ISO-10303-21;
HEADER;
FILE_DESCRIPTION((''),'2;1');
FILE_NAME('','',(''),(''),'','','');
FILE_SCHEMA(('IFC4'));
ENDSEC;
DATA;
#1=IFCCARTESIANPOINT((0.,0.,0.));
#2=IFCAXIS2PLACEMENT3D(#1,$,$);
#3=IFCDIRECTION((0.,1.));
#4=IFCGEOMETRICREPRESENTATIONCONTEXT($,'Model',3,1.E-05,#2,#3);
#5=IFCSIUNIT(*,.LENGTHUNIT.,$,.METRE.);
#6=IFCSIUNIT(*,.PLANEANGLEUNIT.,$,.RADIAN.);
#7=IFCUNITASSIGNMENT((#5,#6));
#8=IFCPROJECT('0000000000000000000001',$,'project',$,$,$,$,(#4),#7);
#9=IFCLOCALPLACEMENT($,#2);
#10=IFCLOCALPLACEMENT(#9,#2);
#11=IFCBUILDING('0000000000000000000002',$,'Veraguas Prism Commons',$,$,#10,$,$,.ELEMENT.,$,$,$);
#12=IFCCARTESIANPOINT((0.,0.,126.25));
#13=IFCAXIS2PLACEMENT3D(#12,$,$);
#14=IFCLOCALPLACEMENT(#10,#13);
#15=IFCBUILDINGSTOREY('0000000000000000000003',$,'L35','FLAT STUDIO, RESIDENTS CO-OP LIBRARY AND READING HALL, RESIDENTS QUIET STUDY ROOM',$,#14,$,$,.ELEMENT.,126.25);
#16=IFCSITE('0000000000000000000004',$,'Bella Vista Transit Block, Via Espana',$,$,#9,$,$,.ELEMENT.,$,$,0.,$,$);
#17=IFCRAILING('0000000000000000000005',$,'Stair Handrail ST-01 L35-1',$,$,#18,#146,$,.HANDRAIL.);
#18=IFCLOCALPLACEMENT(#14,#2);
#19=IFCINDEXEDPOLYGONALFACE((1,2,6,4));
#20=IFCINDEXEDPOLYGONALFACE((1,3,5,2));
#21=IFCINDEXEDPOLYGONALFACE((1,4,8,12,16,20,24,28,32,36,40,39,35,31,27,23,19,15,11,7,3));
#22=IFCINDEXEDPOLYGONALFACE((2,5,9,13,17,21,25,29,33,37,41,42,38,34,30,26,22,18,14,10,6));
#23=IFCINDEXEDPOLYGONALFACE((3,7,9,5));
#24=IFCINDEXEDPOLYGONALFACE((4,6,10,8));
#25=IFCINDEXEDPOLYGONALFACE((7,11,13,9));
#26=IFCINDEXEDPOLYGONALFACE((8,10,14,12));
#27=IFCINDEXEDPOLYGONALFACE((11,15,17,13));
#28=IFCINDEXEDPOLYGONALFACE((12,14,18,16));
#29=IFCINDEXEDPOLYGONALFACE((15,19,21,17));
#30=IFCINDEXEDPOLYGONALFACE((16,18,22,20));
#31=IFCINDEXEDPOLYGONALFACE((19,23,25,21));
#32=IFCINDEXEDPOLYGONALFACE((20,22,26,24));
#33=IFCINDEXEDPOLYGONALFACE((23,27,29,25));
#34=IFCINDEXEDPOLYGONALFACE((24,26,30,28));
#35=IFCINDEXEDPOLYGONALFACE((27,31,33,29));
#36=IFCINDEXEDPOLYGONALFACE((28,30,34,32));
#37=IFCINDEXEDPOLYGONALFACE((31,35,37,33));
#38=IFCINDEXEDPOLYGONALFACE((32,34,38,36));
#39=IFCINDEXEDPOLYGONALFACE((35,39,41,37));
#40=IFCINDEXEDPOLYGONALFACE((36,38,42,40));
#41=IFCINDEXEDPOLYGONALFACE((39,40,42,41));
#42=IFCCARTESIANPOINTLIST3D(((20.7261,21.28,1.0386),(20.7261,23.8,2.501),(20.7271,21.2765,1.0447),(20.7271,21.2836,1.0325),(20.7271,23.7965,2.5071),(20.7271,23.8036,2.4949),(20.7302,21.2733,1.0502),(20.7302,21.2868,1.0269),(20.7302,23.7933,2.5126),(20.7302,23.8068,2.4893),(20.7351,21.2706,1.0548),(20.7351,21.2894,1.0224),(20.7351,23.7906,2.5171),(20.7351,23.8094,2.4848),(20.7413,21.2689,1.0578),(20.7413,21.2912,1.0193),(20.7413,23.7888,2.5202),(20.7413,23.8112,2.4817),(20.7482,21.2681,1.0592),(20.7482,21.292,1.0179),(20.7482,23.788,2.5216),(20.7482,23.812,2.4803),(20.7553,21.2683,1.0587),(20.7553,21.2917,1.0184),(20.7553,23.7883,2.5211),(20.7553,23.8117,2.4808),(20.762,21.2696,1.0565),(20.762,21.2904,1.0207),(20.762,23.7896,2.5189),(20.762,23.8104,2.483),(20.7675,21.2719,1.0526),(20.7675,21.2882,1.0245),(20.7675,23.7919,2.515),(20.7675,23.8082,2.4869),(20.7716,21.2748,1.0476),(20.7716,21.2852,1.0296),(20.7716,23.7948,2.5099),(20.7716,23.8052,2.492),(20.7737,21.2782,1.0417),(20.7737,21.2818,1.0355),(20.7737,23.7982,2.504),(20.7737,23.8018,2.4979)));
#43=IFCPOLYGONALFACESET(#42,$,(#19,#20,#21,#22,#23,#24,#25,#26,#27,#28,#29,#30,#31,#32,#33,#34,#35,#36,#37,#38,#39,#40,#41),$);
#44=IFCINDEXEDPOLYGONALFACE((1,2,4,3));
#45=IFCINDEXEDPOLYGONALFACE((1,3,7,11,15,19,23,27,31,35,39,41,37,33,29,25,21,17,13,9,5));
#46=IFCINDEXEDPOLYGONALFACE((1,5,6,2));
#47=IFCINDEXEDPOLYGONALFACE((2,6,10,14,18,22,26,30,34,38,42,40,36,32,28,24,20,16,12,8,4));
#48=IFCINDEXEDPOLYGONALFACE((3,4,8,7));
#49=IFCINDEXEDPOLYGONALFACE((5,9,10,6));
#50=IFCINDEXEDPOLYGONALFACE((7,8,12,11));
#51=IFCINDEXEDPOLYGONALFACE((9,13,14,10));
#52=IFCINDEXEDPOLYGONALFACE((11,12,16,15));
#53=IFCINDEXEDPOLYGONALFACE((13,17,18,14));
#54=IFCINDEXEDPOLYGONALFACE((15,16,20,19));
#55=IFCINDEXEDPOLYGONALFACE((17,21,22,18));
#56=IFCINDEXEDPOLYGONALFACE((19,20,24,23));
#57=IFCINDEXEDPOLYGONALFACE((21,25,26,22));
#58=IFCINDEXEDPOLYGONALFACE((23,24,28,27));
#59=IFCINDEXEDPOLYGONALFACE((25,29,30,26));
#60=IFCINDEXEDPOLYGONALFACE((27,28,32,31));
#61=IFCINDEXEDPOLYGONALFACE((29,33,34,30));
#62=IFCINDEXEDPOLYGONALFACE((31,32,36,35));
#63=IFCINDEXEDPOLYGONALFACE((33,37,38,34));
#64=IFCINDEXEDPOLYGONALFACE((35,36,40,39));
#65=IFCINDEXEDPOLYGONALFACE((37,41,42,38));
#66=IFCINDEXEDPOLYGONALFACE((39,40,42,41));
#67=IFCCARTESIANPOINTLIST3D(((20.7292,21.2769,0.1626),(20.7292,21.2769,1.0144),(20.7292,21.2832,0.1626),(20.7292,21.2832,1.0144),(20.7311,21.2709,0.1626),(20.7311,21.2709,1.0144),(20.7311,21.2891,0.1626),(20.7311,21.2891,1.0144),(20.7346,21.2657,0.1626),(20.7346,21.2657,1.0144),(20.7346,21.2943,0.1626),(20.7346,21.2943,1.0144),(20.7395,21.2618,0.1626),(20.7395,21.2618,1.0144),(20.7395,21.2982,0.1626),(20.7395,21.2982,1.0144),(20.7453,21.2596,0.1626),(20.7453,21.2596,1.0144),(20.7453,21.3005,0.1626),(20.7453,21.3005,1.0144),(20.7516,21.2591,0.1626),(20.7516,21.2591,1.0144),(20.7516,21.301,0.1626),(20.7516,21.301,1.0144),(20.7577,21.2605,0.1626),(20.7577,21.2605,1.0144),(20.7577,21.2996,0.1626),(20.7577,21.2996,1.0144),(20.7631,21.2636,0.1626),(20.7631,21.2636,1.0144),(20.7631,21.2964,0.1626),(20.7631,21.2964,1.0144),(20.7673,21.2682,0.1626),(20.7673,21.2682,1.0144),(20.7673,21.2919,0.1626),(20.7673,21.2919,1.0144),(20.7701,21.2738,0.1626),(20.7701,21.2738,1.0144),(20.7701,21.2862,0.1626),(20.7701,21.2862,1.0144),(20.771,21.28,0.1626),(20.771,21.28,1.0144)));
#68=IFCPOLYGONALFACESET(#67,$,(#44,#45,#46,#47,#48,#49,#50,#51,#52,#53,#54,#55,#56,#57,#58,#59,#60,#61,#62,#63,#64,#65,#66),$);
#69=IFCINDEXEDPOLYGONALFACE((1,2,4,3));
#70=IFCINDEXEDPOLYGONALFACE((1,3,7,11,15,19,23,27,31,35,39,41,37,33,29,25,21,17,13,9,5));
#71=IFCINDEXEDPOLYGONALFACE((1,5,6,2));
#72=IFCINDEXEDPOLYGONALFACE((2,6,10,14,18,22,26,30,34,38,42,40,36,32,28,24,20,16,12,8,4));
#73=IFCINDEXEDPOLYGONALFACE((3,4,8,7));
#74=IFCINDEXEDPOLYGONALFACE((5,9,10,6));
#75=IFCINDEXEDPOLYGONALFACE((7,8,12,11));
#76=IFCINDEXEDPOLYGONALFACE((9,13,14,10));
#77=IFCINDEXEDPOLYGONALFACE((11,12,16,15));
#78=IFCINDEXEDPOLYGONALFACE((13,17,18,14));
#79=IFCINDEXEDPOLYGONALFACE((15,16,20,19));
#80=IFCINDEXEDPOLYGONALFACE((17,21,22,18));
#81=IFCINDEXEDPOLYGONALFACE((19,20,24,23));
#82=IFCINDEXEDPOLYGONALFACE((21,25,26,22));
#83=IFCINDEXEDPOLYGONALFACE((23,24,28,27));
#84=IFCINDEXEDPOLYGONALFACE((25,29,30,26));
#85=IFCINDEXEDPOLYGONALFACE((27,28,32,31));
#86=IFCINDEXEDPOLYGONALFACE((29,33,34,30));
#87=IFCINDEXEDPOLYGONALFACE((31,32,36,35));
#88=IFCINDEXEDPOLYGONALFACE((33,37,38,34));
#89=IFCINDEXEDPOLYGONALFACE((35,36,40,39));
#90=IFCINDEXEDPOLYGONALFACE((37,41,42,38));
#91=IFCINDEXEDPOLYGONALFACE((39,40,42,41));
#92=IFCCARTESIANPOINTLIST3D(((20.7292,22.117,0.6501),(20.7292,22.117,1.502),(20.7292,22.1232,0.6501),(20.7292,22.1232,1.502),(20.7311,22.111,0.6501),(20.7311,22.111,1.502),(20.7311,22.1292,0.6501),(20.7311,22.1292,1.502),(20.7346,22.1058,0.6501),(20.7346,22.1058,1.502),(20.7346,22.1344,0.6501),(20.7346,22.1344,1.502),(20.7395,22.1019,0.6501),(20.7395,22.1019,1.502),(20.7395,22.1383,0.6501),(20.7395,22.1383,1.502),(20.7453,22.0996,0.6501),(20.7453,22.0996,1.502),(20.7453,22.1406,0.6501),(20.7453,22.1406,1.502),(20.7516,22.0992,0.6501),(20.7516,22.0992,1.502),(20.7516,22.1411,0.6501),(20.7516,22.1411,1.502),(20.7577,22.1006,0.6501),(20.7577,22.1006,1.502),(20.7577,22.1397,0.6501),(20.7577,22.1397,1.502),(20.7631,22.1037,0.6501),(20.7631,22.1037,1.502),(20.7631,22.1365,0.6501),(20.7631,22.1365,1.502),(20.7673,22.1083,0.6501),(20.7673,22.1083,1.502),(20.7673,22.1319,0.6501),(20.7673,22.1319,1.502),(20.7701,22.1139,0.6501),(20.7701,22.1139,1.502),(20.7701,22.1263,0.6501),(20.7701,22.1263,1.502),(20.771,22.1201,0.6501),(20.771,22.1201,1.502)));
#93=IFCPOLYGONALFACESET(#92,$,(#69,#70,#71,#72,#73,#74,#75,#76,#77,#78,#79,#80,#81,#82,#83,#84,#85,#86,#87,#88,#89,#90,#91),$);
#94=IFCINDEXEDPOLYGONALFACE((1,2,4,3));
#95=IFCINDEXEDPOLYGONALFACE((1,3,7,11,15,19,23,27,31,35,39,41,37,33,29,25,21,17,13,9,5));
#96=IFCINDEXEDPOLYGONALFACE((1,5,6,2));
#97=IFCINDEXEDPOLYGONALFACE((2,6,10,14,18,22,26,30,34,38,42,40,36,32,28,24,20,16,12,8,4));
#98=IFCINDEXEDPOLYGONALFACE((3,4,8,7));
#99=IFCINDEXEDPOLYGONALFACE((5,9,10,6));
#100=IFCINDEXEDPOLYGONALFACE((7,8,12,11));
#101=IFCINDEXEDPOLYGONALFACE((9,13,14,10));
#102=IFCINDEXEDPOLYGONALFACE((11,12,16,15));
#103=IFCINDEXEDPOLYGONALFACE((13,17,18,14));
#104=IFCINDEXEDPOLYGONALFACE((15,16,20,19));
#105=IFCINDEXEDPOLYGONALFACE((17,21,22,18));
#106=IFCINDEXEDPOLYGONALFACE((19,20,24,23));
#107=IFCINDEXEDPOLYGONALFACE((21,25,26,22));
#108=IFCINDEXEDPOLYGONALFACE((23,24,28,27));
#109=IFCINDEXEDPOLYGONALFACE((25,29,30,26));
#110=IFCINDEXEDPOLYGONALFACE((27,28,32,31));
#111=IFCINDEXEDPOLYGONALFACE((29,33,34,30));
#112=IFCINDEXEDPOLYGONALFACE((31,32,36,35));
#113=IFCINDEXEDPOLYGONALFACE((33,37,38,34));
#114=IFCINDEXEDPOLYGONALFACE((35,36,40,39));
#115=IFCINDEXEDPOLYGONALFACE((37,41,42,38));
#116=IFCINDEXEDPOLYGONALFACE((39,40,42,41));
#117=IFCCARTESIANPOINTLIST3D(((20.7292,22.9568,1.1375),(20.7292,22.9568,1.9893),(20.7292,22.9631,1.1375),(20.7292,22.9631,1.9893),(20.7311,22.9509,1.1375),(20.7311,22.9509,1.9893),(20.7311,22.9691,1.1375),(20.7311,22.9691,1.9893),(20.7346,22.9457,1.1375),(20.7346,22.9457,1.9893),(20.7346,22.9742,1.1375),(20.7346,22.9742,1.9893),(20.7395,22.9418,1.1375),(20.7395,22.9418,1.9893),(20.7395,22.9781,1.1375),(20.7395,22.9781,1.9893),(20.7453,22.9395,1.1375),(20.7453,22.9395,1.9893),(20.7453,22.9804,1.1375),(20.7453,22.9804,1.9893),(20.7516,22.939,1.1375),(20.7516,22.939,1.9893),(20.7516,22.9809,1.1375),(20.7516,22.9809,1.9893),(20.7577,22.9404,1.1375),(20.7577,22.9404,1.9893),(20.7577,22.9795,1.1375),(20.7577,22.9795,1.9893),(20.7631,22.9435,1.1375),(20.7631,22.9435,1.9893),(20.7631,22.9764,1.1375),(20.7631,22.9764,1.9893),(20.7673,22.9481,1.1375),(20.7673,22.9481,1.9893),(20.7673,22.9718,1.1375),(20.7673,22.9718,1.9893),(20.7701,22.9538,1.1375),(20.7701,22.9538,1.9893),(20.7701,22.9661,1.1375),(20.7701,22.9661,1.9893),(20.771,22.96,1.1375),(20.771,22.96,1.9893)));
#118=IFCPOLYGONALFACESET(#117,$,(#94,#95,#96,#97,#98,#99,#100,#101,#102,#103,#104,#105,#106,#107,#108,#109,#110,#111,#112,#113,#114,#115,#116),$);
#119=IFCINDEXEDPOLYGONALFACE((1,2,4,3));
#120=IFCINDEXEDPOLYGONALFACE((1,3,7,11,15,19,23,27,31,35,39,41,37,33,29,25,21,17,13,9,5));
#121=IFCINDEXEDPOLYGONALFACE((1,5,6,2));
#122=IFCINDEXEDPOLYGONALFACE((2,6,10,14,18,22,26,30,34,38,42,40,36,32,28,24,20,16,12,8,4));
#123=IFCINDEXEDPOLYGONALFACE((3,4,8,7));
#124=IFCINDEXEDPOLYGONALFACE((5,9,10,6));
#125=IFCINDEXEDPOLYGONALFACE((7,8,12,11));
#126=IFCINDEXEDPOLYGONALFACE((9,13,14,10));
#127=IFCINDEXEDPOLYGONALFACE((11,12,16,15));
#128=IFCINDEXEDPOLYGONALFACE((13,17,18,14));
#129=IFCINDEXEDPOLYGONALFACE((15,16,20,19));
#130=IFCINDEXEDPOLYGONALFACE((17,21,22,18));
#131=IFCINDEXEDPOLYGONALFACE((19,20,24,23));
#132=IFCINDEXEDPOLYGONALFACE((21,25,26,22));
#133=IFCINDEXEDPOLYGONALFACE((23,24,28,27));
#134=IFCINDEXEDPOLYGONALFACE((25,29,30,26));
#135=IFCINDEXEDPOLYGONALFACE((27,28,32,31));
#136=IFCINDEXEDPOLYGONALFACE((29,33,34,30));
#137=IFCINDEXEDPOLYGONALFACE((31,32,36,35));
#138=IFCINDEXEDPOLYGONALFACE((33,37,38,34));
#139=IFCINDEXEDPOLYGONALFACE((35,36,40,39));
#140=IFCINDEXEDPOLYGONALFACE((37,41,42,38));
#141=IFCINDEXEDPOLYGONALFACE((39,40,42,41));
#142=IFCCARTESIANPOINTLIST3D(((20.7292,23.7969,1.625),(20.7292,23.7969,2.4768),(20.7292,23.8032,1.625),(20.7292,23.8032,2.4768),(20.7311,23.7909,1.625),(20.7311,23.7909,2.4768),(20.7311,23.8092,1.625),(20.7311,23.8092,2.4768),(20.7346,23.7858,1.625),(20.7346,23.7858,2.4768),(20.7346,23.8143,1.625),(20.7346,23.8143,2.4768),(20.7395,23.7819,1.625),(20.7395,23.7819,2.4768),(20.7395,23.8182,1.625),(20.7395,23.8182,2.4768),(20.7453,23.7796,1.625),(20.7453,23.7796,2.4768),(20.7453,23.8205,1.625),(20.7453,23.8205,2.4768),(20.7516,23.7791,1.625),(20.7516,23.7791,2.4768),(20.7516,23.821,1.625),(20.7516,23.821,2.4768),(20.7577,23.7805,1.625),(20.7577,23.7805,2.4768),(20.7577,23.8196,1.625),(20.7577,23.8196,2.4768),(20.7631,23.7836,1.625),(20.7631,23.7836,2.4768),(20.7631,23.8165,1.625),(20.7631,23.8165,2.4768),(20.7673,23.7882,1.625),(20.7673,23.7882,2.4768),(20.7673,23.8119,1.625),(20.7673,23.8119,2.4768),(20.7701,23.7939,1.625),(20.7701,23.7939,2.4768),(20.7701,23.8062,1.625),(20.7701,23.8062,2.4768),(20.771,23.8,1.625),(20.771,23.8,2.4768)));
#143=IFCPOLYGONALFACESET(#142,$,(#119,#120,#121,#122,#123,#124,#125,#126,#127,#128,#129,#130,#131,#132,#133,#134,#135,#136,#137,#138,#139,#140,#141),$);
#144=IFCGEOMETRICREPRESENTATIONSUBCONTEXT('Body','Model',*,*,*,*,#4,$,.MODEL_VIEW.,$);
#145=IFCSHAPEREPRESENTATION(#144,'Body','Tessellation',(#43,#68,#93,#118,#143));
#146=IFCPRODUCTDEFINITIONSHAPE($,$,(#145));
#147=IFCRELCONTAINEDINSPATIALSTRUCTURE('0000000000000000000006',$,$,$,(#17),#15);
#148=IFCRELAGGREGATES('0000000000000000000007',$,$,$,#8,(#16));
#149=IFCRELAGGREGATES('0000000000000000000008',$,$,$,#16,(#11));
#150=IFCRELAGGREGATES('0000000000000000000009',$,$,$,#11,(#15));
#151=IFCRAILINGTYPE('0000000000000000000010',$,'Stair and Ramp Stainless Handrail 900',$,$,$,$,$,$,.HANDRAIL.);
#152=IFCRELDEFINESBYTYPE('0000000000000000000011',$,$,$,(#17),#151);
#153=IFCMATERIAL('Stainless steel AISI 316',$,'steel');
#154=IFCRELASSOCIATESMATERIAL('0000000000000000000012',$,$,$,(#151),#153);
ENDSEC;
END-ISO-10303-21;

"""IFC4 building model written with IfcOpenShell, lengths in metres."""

from ifc_helpers import new_model, si_unit, direction, frame, origin, origin_2d, place, context, subcontext, project, spatial, circle, extrude, material, type_object, element, save


model = new_model("IFC4")

# Units and contexts
model_context = context("Model", 3, precision=1e-05, world=origin(), true_north=direction((0.0, 1.0)))
body_context = subcontext(model_context, "Body", "Model", "MODEL_VIEW")
ifc_project = project(units=[si_unit("LENGTHUNIT", "METRE"), si_unit("PLANEANGLEUNIT", "RADIAN")], contexts=[model_context])

# Site, building, storey
site_placement = place(None, origin())
site = spatial("IfcSite", under=ifc_project, at=site_placement, Name="Bella Vista Transit Block, Via Espana", CompositionType="ELEMENT", RefElevation=0.0)
building_placement = place(site_placement, origin())
building = spatial("IfcBuilding", under=site, at=building_placement, Name="Veraguas Prism Commons", CompositionType="ELEMENT")
storey_placement = place(building_placement, frame((0.0, 0.0, 126.25)))
storey = spatial("IfcBuildingStorey", under=building, at=storey_placement, Name="L35", Description="FLAT STUDIO, RESIDENTS CO-OP LIBRARY AND READING HALL, RESIDENTS QUIET STUDY ROOM", CompositionType="ELEMENT", Elevation=126.25)

# Railing
ifc_material_1 = material(Name="Stainless steel AISI 316", Category="steel")
railing_type_1 = type_object("IfcRailingType", Name="Stair and Ramp Stainless Handrail 900", PredefinedType="HANDRAIL", material=ifc_material_1)
railing_1_placement = place(storey_placement, frame((20.75, 21.28, 0.1626)))
element("IfcRailing", 1, at=railing_1_placement, inside=storey, type_object=railing_type_1, Name="Stair Handrail ST-01 L35-1", PredefinedType="HANDRAIL", context=body_context, shape_type="SweptSolid", body=[
    extrude(circle(Radius=0.0239, at=origin_2d()), frame((0.0, 0.0, 0.876), z_axis=(0.0, 0.864913, 0.501921), x_axis=(-1.0, 0.0, 0.0)), (0.0, 0.0, 1.0), 2.9136),
    extrude(circle(Radius=0.021, at=origin_2d()), origin(), (0.0, 0.0, 1.0), 0.8518),
    extrude(circle(Radius=0.021, at=origin_2d()), frame((0.0, 0.8401, 0.4875)), (0.0, 0.0, 1.0), 0.8518),
    extrude(circle(Radius=0.021, at=origin_2d()), frame((0.0, 1.6799, 0.9749)), (0.0, 0.0, 1.0), 0.8518),
    extrude(circle(Radius=0.021, at=origin_2d()), frame((0.0, 2.52, 1.4624)), (0.0, 0.0, 1.0), 0.8518),
])

save(model, "model.ifc")
